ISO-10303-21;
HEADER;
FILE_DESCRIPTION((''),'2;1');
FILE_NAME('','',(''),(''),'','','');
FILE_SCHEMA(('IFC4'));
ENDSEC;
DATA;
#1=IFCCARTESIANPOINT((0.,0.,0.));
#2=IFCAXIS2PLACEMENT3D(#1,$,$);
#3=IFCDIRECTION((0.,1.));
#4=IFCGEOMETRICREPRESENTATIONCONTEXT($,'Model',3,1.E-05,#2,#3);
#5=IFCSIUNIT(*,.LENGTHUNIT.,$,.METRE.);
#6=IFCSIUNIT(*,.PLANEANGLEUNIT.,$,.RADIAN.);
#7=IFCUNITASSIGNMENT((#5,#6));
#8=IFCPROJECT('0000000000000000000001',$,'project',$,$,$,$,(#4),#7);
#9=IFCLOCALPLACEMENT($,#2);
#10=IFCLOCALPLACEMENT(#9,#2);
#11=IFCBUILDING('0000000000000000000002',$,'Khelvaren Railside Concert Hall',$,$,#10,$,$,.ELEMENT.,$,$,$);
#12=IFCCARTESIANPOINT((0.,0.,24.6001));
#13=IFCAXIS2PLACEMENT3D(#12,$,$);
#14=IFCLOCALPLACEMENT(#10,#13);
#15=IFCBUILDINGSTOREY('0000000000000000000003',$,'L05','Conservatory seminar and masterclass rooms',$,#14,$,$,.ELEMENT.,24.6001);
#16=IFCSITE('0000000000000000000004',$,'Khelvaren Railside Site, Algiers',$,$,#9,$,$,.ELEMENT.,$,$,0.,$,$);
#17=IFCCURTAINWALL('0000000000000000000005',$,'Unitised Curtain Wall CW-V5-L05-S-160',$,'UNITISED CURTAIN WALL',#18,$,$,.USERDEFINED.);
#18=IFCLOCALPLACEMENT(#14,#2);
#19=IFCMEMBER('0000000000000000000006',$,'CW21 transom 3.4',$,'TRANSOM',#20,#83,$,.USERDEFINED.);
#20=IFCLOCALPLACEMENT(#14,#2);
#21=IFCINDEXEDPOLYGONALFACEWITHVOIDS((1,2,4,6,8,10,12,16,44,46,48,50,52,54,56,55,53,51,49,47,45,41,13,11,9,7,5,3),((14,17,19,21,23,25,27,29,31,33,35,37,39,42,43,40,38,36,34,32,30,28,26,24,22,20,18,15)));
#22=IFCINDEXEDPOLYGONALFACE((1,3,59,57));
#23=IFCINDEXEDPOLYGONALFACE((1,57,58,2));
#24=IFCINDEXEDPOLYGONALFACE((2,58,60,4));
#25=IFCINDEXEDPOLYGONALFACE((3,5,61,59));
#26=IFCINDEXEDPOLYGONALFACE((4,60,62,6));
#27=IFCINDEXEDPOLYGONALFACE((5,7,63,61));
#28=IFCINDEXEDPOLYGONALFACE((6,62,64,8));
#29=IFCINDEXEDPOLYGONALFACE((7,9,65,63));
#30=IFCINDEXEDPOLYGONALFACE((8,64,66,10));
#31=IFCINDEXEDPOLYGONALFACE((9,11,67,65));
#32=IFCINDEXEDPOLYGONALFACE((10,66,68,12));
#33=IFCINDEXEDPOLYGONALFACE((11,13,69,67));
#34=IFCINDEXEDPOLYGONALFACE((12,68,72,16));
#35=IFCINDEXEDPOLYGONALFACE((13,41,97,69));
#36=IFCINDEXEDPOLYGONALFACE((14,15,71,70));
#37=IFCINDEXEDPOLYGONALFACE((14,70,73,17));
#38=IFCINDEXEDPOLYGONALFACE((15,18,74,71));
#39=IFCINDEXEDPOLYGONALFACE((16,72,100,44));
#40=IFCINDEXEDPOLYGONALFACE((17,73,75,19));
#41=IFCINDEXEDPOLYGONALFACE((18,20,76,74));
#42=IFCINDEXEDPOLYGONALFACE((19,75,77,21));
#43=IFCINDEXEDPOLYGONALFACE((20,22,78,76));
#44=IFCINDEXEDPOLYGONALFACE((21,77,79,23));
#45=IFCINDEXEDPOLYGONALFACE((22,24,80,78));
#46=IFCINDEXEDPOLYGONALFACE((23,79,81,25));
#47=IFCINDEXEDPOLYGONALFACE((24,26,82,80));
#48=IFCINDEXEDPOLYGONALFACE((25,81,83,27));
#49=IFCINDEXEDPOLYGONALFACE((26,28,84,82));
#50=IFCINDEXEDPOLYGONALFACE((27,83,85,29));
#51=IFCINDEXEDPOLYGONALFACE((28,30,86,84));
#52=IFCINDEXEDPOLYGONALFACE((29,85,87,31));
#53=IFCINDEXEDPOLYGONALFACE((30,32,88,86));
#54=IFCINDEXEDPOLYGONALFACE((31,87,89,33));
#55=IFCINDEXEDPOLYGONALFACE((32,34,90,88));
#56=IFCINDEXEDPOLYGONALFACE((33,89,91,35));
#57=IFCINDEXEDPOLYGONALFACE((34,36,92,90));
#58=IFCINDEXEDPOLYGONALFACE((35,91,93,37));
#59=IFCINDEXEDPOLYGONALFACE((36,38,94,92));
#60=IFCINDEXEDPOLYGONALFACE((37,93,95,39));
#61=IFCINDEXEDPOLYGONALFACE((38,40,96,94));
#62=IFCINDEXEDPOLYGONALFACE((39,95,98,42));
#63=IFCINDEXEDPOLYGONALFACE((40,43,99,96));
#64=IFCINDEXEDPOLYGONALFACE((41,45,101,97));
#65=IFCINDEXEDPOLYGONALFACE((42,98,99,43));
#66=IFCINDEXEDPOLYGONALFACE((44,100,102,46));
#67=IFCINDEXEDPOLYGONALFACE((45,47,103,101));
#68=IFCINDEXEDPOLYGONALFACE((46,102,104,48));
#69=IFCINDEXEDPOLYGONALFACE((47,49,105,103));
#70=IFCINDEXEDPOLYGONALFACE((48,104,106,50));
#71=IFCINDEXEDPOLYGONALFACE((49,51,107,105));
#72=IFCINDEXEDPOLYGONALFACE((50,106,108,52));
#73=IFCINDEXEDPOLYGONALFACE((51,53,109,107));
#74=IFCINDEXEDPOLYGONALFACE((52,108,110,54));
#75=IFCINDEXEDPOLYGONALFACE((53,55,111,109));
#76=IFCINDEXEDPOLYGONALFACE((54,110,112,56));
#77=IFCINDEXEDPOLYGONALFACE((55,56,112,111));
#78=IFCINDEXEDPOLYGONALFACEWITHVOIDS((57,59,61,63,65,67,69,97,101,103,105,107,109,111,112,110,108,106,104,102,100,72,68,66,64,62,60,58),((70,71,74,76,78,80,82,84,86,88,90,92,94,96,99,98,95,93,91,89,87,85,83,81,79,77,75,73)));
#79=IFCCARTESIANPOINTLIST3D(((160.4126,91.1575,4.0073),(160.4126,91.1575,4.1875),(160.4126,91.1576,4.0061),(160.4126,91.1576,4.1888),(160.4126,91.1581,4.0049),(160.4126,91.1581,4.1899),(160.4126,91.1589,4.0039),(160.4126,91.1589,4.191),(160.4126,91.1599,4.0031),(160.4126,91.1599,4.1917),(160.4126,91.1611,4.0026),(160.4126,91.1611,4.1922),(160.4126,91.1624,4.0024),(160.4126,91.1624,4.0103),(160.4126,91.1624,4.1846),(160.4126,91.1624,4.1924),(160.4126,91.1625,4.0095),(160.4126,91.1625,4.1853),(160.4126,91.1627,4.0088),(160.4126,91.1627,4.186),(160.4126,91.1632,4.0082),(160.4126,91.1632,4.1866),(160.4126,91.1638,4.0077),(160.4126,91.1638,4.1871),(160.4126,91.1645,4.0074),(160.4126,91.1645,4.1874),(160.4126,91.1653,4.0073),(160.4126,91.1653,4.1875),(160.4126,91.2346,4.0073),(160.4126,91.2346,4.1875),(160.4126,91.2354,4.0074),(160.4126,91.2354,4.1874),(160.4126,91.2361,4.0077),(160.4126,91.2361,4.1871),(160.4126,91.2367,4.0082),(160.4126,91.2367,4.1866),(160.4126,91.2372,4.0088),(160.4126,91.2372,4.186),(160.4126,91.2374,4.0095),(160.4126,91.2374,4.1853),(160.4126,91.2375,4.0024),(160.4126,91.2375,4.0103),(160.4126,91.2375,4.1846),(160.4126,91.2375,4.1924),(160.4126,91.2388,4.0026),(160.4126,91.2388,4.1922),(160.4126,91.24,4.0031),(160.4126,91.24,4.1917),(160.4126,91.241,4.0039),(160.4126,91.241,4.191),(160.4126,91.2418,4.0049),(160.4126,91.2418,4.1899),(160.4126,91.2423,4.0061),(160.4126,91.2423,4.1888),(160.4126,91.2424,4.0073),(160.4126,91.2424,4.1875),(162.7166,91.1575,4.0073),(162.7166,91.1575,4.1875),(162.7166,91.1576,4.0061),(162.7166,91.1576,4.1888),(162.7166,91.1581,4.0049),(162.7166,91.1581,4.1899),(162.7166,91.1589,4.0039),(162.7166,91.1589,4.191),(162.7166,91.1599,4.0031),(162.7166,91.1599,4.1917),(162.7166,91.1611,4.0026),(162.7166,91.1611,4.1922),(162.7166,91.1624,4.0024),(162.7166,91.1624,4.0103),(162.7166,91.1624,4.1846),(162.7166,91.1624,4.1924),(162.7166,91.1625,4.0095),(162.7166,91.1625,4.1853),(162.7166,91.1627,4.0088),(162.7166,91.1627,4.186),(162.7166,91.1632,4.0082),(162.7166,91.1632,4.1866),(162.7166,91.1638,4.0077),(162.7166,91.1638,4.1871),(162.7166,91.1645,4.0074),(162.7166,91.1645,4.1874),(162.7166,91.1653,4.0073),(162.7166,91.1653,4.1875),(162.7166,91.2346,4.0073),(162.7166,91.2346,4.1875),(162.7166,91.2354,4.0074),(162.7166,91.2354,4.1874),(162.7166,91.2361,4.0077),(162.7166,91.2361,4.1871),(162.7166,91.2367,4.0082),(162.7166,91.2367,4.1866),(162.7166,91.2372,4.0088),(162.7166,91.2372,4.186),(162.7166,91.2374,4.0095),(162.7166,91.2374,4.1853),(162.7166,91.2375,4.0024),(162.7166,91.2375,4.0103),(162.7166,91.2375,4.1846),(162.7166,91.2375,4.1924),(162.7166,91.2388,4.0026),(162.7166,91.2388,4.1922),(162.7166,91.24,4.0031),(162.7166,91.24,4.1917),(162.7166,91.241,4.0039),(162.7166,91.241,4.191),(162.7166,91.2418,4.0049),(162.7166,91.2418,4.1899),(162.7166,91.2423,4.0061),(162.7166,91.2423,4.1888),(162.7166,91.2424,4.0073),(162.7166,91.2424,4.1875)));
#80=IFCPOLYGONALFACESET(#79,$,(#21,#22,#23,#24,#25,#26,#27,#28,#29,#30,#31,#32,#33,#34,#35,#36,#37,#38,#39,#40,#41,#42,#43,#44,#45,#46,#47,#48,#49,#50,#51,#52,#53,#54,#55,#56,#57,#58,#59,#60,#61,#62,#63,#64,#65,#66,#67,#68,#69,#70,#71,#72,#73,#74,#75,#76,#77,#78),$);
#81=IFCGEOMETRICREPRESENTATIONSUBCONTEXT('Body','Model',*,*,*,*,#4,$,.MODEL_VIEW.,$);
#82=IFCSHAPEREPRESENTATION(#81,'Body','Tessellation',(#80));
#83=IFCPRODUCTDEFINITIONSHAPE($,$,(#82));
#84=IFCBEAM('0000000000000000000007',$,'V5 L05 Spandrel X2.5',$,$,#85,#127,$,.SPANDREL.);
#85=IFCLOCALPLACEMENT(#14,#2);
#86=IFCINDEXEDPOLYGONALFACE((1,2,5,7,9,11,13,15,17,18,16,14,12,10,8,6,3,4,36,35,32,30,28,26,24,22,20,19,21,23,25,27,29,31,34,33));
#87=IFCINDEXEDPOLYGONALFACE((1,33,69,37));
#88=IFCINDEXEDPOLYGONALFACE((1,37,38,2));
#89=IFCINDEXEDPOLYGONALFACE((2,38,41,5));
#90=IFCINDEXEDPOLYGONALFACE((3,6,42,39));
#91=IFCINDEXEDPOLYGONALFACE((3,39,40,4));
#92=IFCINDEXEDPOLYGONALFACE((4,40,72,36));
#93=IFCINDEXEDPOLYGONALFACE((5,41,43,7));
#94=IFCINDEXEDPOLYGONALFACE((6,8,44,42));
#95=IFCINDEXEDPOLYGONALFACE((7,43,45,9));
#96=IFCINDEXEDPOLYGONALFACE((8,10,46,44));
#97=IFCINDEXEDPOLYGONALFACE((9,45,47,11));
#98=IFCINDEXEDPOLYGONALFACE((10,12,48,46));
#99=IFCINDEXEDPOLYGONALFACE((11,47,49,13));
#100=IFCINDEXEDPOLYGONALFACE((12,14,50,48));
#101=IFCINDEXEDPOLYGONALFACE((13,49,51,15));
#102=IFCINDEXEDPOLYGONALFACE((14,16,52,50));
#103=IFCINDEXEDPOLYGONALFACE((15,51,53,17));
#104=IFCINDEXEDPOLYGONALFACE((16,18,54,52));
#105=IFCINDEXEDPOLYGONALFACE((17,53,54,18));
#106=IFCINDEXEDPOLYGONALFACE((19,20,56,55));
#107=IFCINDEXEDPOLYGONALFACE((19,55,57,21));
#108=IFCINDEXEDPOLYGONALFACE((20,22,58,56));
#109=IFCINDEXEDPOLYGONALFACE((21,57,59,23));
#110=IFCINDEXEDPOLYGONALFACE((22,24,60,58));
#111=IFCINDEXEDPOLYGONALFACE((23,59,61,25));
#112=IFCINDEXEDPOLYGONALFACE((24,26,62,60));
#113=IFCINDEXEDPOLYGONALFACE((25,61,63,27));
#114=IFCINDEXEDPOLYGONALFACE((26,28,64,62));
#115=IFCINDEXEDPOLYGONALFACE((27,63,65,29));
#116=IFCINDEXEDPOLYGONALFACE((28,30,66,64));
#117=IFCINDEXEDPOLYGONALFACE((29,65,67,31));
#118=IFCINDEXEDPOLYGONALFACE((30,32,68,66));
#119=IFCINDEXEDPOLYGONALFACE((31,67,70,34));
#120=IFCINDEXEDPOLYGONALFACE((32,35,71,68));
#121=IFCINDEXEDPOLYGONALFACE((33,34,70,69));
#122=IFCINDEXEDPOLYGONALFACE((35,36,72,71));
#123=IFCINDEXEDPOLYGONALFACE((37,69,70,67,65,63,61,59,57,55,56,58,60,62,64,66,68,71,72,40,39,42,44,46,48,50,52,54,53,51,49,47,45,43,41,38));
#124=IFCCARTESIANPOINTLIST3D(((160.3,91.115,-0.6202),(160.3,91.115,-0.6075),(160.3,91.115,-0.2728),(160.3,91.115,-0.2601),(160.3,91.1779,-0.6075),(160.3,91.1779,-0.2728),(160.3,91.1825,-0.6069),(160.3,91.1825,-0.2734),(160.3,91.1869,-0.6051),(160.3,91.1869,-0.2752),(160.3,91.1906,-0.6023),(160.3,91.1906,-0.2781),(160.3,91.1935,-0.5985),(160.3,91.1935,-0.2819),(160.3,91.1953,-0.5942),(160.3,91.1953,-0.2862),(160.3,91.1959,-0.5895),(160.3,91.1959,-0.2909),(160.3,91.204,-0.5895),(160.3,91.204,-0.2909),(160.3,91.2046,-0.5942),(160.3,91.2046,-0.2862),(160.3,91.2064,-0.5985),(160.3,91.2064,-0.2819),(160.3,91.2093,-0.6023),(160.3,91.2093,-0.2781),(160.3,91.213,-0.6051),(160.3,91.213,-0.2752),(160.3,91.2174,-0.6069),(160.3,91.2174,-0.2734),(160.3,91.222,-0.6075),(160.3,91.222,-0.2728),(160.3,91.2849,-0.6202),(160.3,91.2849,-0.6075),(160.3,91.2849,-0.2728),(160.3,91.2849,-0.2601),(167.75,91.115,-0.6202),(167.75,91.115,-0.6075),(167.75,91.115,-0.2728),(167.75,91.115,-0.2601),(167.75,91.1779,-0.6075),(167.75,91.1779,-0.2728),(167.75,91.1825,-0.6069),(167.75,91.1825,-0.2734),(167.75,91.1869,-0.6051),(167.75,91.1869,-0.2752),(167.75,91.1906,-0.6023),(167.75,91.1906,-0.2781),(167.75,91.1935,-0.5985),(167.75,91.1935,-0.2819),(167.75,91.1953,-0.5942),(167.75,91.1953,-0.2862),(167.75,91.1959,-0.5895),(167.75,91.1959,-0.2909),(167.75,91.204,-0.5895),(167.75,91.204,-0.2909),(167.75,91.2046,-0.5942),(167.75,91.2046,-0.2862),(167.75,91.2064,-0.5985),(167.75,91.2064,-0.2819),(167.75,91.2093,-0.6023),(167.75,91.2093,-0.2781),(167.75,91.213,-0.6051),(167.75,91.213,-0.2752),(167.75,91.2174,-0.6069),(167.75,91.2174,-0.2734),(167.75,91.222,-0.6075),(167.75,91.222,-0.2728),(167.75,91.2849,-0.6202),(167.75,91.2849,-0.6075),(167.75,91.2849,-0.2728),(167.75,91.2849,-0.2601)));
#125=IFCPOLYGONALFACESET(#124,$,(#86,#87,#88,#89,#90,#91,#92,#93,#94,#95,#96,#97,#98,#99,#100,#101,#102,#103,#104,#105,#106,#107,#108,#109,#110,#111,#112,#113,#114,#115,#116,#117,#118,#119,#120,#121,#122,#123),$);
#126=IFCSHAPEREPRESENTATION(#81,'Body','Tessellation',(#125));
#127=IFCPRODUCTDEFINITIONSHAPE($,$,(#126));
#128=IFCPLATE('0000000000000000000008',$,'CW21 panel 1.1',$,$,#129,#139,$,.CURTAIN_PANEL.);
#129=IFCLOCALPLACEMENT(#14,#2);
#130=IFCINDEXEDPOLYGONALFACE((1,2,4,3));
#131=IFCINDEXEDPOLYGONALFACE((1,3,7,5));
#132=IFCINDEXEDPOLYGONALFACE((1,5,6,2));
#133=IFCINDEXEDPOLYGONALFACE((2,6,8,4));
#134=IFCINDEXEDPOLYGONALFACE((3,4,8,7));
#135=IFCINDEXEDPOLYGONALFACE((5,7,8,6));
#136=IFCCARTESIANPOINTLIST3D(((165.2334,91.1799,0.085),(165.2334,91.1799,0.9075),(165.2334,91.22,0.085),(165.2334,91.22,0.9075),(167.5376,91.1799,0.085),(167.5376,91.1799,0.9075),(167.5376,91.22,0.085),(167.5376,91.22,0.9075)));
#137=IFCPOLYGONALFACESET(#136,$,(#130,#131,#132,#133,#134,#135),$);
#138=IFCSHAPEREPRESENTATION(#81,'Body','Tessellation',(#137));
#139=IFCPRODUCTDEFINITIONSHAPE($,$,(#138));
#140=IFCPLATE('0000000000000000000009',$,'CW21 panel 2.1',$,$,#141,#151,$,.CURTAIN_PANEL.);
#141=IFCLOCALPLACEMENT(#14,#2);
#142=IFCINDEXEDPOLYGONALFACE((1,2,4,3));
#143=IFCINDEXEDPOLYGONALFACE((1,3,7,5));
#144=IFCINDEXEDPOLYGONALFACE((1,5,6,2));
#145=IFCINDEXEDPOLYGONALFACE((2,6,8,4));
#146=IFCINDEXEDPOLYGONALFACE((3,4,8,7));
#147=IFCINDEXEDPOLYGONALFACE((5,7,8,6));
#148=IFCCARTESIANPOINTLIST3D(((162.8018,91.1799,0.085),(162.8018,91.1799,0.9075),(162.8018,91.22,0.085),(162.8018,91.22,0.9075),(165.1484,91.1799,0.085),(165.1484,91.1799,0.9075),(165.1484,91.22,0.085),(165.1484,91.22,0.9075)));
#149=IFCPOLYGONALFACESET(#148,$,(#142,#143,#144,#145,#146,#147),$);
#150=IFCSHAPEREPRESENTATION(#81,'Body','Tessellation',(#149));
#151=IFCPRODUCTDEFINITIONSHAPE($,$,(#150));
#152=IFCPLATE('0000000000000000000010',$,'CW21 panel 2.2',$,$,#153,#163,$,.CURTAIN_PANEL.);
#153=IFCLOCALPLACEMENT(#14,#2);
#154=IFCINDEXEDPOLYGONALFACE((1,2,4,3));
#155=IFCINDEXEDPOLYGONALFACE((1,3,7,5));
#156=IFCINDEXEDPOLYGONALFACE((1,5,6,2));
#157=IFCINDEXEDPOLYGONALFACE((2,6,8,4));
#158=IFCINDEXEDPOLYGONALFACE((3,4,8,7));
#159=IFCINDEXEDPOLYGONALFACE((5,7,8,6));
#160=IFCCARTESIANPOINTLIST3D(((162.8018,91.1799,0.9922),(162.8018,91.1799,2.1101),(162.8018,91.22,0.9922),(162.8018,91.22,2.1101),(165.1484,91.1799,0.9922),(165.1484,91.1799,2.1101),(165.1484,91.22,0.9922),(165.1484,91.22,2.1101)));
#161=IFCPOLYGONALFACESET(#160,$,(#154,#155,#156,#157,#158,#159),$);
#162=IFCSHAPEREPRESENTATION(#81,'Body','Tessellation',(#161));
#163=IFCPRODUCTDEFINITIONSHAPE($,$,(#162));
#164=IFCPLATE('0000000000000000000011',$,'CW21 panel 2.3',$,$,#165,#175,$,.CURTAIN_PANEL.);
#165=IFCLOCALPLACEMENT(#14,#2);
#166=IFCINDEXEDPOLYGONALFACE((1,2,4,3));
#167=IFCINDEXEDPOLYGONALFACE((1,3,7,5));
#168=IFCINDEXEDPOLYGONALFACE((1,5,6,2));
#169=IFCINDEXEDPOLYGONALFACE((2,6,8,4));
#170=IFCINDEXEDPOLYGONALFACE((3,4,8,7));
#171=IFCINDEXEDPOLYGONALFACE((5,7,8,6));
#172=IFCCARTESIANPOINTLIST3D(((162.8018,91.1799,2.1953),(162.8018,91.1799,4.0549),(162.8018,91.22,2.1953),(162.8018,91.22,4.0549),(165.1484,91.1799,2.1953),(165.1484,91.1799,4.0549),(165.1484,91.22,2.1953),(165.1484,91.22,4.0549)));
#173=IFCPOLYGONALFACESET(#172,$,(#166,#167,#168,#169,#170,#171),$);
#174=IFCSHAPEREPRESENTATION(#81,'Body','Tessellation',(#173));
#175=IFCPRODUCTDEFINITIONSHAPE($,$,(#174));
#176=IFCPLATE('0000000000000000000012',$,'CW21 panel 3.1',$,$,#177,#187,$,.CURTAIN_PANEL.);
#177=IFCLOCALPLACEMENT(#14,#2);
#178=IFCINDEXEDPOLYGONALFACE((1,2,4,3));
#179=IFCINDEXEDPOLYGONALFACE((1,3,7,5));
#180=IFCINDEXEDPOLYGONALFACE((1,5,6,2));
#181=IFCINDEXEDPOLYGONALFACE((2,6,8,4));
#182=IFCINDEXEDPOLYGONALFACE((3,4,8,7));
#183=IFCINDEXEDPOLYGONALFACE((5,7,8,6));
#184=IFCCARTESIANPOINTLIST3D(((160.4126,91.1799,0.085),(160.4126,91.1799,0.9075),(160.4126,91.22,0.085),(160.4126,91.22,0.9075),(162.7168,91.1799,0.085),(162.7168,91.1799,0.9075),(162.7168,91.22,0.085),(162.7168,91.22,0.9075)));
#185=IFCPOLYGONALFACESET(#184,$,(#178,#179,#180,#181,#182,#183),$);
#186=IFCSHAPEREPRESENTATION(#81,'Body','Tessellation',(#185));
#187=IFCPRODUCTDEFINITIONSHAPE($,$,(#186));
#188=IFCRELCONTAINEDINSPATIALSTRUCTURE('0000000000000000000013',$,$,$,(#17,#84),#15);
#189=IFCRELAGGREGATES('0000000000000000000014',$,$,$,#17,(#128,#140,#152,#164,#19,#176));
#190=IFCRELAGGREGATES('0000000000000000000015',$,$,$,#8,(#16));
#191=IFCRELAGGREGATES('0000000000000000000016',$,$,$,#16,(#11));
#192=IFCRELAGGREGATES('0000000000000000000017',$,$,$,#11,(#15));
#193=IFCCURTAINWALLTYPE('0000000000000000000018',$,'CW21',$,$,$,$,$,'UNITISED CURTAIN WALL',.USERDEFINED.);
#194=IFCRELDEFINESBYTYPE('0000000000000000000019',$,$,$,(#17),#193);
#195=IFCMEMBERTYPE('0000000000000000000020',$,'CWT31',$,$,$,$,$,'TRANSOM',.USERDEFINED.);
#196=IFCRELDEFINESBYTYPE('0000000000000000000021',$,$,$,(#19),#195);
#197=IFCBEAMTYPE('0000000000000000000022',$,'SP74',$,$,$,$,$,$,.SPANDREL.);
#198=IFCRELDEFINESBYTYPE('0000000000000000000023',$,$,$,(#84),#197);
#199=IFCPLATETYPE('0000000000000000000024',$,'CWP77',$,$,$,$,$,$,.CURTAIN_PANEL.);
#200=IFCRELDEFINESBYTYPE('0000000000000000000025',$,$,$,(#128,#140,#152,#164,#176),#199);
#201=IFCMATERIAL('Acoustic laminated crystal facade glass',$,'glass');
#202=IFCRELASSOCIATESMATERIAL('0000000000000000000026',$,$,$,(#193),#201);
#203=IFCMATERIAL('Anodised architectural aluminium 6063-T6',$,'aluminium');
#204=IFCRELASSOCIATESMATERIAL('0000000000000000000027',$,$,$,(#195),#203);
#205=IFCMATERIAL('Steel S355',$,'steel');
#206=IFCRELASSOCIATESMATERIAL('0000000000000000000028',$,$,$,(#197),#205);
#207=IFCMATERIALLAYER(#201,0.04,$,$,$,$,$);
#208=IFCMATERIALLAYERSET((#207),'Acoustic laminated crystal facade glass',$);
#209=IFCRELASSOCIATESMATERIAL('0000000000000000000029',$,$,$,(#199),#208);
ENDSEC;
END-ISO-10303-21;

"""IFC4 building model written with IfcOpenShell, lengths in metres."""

from ifc_helpers import new_model, si_unit, direction, frame, origin, origin_2d, place, context, subcontext, project, spatial, rectangle, hollow_rectangle, i_section, extrude, material, layer, layer_set, material_profile, profile_set, type_object, element, aggregate, save


model = new_model("IFC4")

# Units and contexts
model_context = context("Model", 3, precision=1e-05, world=origin(), true_north=direction((0.0, 1.0)))
body_context = subcontext(model_context, "Body", "Model", "MODEL_VIEW")
ifc_project = project(units=[si_unit("LENGTHUNIT", "METRE"), si_unit("PLANEANGLEUNIT", "RADIAN")], contexts=[model_context])

# Site, building, storey
site_placement = place(None, origin())
site = spatial("IfcSite", under=ifc_project, at=site_placement, Name="Khelvaren Railside Site, Algiers", CompositionType="ELEMENT", RefElevation=0.0)
building_placement = place(site_placement, origin())
building = spatial("IfcBuilding", under=site, at=building_placement, Name="Khelvaren Railside Concert Hall", CompositionType="ELEMENT")
storey_placement = place(building_placement, frame((0.0, 0.0, 24.6001)))
storey = spatial("IfcBuildingStorey", under=building, at=storey_placement, Name="L05", Description="Conservatory seminar and masterclass rooms", CompositionType="ELEMENT", Elevation=24.6001)

# Shared definitions
ifc_material_1 = material(Name="Acoustic laminated crystal facade glass", Category="glass")
ifc_material_2 = material(Name="Anodised architectural aluminium 6063-T6", Category="aluminium")

# Curtain wall
curtain_wall_type_1 = type_object("IfcCurtainWallType", Name="CW21", ElementType="UNITISED CURTAIN WALL", PredefinedType="USERDEFINED", material=ifc_material_1)
curtain_wall_1_placement = place(storey_placement, origin())
curtain_wall_1 = element("IfcCurtainWall", 1, at=curtain_wall_1_placement, inside=storey, type_object=curtain_wall_type_1, Name="Unitised Curtain Wall CW-V5-L05-S-160", ObjectType="UNITISED CURTAIN WALL", PredefinedType="USERDEFINED")

# Member
ifc_material_profile_1 = material_profile(ifc_material_2, hollow_rectangle(XDim=0.085, YDim=0.1899, WallThickness=0.0049, InnerFilletRadius=0.0029, OuterFilletRadius=0.0049, at=origin_2d()), Name="CWT 85x190x5")
ifc_profile_set_1 = profile_set([ifc_material_profile_1], Name="Anodised architectural aluminium 6063-T6")
member_type_1 = type_object("IfcMemberType", Name="CWT31", ElementType="TRANSOM", PredefinedType="USERDEFINED", material=ifc_profile_set_1)
member_1_placement = place(storey_placement, frame((162.7166, 91.2, 4.0974), z_axis=(-1.0, 0.0, 0.0), x_axis=(0.0, -1.0, 0.0)))
member_1 = element("IfcMember", 2, at=member_1_placement, type_object=member_type_1, Name="CW21 transom 3.4", ObjectType="TRANSOM", PredefinedType="USERDEFINED", context=body_context, shape_type="SweptSolid", body=[
    extrude(hollow_rectangle(XDim=0.085, YDim=0.1899, WallThickness=0.0049, InnerFilletRadius=0.0029, OuterFilletRadius=0.0049, at=origin_2d()), origin(), (0.0, 0.0, 1.0), 2.304),
])

# Beam
ifc_material_3 = material(Name="Steel S355", Category="steel")
ifc_material_profile_2 = material_profile(ifc_material_3, i_section(OverallWidth=0.1699, OverallDepth=0.3601, WebThickness=0.0081, FlangeThickness=0.0127, FilletRadius=0.0181, at=origin_2d()), Name="IPE 360")
ifc_profile_set_2 = profile_set([ifc_material_profile_2], Name="Steel S355")
beam_type = type_object("IfcBeamType", Name="SP74", PredefinedType="SPANDREL", material=ifc_profile_set_2)
beam_placement = place(storey_placement, frame((160.3, 91.2, -0.4402), z_axis=(1.0, 0.0, 0.0), x_axis=(0.0, 1.0, 0.0)))
element("IfcBeam", 3, at=beam_placement, inside=storey, type_object=beam_type, Name="V5 L05 Spandrel X2.5", PredefinedType="SPANDREL", context=body_context, shape_type="SweptSolid", body=[
    extrude(i_section(OverallWidth=0.1699, OverallDepth=0.3601, WebThickness=0.0081, FlangeThickness=0.0127, FilletRadius=0.0181, at=origin_2d()), origin(), (0.0, 0.0, 1.0), 7.45),
])

# Plates
ifc_layer = layer(ifc_material_1, 0.04)
ifc_layer_set = layer_set([ifc_layer], Name="Acoustic laminated crystal facade glass")
plate_type = type_object("IfcPlateType", Name="CWP77", PredefinedType="CURTAIN_PANEL", material=ifc_layer_set)
plate_1_placement = place(storey_placement, frame((166.3855, 91.2, 0.085), z_axis=(0.0, 0.0, 1.0), x_axis=(-1.0, 0.0, 0.0)))
plate_1 = element("IfcPlate", 4, at=plate_1_placement, type_object=plate_type, Name="CW21 panel 1.1", PredefinedType="CURTAIN_PANEL", context=body_context, shape_type="SweptSolid", body=[
    extrude(rectangle(XDim=2.3042, YDim=0.04, at=origin_2d()), origin(), (0.0, 0.0, 1.0), 0.8225),
])
plate_2_placement = place(storey_placement, frame((163.9751, 91.2, 0.085), z_axis=(0.0, 0.0, 1.0), x_axis=(-1.0, 0.0, 0.0)))
plate_2 = element("IfcPlate", 5, at=plate_2_placement, type_object=plate_type, Name="CW21 panel 2.1", PredefinedType="CURTAIN_PANEL", context=body_context, shape_type="SweptSolid", body=[
    extrude(rectangle(XDim=2.3467, YDim=0.04, at=origin_2d()), origin(), (0.0, 0.0, 1.0), 0.8225),
])
plate_3_placement = place(storey_placement, frame((163.9751, 91.2, 0.9922), z_axis=(0.0, 0.0, 1.0), x_axis=(-1.0, 0.0, 0.0)))
plate_3 = element("IfcPlate", 6, at=plate_3_placement, type_object=plate_type, Name="CW21 panel 2.2", PredefinedType="CURTAIN_PANEL", context=body_context, shape_type="SweptSolid", body=[
    extrude(rectangle(XDim=2.3467, YDim=0.04, at=origin_2d()), origin(), (0.0, 0.0, 1.0), 1.1179),
])
plate_4_placement = place(storey_placement, frame((163.9751, 91.2, 2.1953), z_axis=(0.0, 0.0, 1.0), x_axis=(-1.0, 0.0, 0.0)))
plate_4 = element("IfcPlate", 7, at=plate_4_placement, type_object=plate_type, Name="CW21 panel 2.3", PredefinedType="CURTAIN_PANEL", context=body_context, shape_type="SweptSolid", body=[
    extrude(rectangle(XDim=2.3467, YDim=0.04, at=origin_2d()), origin(), (0.0, 0.0, 1.0), 1.8596),
])
plate_5_placement = place(storey_placement, frame((161.5647, 91.2, 0.085), z_axis=(0.0, 0.0, 1.0), x_axis=(-1.0, 0.0, 0.0)))
plate_5 = element("IfcPlate", 8, at=plate_5_placement, type_object=plate_type, Name="CW21 panel 3.1", PredefinedType="CURTAIN_PANEL", context=body_context, shape_type="SweptSolid", body=[
    extrude(rectangle(XDim=2.3042, YDim=0.04, at=origin_2d()), origin(), (0.0, 0.0, 1.0), 0.8225),
])
aggregate(curtain_wall_1, [plate_1, plate_2, plate_3, plate_4, member_1, plate_5])

save(model, "model.ifc")
